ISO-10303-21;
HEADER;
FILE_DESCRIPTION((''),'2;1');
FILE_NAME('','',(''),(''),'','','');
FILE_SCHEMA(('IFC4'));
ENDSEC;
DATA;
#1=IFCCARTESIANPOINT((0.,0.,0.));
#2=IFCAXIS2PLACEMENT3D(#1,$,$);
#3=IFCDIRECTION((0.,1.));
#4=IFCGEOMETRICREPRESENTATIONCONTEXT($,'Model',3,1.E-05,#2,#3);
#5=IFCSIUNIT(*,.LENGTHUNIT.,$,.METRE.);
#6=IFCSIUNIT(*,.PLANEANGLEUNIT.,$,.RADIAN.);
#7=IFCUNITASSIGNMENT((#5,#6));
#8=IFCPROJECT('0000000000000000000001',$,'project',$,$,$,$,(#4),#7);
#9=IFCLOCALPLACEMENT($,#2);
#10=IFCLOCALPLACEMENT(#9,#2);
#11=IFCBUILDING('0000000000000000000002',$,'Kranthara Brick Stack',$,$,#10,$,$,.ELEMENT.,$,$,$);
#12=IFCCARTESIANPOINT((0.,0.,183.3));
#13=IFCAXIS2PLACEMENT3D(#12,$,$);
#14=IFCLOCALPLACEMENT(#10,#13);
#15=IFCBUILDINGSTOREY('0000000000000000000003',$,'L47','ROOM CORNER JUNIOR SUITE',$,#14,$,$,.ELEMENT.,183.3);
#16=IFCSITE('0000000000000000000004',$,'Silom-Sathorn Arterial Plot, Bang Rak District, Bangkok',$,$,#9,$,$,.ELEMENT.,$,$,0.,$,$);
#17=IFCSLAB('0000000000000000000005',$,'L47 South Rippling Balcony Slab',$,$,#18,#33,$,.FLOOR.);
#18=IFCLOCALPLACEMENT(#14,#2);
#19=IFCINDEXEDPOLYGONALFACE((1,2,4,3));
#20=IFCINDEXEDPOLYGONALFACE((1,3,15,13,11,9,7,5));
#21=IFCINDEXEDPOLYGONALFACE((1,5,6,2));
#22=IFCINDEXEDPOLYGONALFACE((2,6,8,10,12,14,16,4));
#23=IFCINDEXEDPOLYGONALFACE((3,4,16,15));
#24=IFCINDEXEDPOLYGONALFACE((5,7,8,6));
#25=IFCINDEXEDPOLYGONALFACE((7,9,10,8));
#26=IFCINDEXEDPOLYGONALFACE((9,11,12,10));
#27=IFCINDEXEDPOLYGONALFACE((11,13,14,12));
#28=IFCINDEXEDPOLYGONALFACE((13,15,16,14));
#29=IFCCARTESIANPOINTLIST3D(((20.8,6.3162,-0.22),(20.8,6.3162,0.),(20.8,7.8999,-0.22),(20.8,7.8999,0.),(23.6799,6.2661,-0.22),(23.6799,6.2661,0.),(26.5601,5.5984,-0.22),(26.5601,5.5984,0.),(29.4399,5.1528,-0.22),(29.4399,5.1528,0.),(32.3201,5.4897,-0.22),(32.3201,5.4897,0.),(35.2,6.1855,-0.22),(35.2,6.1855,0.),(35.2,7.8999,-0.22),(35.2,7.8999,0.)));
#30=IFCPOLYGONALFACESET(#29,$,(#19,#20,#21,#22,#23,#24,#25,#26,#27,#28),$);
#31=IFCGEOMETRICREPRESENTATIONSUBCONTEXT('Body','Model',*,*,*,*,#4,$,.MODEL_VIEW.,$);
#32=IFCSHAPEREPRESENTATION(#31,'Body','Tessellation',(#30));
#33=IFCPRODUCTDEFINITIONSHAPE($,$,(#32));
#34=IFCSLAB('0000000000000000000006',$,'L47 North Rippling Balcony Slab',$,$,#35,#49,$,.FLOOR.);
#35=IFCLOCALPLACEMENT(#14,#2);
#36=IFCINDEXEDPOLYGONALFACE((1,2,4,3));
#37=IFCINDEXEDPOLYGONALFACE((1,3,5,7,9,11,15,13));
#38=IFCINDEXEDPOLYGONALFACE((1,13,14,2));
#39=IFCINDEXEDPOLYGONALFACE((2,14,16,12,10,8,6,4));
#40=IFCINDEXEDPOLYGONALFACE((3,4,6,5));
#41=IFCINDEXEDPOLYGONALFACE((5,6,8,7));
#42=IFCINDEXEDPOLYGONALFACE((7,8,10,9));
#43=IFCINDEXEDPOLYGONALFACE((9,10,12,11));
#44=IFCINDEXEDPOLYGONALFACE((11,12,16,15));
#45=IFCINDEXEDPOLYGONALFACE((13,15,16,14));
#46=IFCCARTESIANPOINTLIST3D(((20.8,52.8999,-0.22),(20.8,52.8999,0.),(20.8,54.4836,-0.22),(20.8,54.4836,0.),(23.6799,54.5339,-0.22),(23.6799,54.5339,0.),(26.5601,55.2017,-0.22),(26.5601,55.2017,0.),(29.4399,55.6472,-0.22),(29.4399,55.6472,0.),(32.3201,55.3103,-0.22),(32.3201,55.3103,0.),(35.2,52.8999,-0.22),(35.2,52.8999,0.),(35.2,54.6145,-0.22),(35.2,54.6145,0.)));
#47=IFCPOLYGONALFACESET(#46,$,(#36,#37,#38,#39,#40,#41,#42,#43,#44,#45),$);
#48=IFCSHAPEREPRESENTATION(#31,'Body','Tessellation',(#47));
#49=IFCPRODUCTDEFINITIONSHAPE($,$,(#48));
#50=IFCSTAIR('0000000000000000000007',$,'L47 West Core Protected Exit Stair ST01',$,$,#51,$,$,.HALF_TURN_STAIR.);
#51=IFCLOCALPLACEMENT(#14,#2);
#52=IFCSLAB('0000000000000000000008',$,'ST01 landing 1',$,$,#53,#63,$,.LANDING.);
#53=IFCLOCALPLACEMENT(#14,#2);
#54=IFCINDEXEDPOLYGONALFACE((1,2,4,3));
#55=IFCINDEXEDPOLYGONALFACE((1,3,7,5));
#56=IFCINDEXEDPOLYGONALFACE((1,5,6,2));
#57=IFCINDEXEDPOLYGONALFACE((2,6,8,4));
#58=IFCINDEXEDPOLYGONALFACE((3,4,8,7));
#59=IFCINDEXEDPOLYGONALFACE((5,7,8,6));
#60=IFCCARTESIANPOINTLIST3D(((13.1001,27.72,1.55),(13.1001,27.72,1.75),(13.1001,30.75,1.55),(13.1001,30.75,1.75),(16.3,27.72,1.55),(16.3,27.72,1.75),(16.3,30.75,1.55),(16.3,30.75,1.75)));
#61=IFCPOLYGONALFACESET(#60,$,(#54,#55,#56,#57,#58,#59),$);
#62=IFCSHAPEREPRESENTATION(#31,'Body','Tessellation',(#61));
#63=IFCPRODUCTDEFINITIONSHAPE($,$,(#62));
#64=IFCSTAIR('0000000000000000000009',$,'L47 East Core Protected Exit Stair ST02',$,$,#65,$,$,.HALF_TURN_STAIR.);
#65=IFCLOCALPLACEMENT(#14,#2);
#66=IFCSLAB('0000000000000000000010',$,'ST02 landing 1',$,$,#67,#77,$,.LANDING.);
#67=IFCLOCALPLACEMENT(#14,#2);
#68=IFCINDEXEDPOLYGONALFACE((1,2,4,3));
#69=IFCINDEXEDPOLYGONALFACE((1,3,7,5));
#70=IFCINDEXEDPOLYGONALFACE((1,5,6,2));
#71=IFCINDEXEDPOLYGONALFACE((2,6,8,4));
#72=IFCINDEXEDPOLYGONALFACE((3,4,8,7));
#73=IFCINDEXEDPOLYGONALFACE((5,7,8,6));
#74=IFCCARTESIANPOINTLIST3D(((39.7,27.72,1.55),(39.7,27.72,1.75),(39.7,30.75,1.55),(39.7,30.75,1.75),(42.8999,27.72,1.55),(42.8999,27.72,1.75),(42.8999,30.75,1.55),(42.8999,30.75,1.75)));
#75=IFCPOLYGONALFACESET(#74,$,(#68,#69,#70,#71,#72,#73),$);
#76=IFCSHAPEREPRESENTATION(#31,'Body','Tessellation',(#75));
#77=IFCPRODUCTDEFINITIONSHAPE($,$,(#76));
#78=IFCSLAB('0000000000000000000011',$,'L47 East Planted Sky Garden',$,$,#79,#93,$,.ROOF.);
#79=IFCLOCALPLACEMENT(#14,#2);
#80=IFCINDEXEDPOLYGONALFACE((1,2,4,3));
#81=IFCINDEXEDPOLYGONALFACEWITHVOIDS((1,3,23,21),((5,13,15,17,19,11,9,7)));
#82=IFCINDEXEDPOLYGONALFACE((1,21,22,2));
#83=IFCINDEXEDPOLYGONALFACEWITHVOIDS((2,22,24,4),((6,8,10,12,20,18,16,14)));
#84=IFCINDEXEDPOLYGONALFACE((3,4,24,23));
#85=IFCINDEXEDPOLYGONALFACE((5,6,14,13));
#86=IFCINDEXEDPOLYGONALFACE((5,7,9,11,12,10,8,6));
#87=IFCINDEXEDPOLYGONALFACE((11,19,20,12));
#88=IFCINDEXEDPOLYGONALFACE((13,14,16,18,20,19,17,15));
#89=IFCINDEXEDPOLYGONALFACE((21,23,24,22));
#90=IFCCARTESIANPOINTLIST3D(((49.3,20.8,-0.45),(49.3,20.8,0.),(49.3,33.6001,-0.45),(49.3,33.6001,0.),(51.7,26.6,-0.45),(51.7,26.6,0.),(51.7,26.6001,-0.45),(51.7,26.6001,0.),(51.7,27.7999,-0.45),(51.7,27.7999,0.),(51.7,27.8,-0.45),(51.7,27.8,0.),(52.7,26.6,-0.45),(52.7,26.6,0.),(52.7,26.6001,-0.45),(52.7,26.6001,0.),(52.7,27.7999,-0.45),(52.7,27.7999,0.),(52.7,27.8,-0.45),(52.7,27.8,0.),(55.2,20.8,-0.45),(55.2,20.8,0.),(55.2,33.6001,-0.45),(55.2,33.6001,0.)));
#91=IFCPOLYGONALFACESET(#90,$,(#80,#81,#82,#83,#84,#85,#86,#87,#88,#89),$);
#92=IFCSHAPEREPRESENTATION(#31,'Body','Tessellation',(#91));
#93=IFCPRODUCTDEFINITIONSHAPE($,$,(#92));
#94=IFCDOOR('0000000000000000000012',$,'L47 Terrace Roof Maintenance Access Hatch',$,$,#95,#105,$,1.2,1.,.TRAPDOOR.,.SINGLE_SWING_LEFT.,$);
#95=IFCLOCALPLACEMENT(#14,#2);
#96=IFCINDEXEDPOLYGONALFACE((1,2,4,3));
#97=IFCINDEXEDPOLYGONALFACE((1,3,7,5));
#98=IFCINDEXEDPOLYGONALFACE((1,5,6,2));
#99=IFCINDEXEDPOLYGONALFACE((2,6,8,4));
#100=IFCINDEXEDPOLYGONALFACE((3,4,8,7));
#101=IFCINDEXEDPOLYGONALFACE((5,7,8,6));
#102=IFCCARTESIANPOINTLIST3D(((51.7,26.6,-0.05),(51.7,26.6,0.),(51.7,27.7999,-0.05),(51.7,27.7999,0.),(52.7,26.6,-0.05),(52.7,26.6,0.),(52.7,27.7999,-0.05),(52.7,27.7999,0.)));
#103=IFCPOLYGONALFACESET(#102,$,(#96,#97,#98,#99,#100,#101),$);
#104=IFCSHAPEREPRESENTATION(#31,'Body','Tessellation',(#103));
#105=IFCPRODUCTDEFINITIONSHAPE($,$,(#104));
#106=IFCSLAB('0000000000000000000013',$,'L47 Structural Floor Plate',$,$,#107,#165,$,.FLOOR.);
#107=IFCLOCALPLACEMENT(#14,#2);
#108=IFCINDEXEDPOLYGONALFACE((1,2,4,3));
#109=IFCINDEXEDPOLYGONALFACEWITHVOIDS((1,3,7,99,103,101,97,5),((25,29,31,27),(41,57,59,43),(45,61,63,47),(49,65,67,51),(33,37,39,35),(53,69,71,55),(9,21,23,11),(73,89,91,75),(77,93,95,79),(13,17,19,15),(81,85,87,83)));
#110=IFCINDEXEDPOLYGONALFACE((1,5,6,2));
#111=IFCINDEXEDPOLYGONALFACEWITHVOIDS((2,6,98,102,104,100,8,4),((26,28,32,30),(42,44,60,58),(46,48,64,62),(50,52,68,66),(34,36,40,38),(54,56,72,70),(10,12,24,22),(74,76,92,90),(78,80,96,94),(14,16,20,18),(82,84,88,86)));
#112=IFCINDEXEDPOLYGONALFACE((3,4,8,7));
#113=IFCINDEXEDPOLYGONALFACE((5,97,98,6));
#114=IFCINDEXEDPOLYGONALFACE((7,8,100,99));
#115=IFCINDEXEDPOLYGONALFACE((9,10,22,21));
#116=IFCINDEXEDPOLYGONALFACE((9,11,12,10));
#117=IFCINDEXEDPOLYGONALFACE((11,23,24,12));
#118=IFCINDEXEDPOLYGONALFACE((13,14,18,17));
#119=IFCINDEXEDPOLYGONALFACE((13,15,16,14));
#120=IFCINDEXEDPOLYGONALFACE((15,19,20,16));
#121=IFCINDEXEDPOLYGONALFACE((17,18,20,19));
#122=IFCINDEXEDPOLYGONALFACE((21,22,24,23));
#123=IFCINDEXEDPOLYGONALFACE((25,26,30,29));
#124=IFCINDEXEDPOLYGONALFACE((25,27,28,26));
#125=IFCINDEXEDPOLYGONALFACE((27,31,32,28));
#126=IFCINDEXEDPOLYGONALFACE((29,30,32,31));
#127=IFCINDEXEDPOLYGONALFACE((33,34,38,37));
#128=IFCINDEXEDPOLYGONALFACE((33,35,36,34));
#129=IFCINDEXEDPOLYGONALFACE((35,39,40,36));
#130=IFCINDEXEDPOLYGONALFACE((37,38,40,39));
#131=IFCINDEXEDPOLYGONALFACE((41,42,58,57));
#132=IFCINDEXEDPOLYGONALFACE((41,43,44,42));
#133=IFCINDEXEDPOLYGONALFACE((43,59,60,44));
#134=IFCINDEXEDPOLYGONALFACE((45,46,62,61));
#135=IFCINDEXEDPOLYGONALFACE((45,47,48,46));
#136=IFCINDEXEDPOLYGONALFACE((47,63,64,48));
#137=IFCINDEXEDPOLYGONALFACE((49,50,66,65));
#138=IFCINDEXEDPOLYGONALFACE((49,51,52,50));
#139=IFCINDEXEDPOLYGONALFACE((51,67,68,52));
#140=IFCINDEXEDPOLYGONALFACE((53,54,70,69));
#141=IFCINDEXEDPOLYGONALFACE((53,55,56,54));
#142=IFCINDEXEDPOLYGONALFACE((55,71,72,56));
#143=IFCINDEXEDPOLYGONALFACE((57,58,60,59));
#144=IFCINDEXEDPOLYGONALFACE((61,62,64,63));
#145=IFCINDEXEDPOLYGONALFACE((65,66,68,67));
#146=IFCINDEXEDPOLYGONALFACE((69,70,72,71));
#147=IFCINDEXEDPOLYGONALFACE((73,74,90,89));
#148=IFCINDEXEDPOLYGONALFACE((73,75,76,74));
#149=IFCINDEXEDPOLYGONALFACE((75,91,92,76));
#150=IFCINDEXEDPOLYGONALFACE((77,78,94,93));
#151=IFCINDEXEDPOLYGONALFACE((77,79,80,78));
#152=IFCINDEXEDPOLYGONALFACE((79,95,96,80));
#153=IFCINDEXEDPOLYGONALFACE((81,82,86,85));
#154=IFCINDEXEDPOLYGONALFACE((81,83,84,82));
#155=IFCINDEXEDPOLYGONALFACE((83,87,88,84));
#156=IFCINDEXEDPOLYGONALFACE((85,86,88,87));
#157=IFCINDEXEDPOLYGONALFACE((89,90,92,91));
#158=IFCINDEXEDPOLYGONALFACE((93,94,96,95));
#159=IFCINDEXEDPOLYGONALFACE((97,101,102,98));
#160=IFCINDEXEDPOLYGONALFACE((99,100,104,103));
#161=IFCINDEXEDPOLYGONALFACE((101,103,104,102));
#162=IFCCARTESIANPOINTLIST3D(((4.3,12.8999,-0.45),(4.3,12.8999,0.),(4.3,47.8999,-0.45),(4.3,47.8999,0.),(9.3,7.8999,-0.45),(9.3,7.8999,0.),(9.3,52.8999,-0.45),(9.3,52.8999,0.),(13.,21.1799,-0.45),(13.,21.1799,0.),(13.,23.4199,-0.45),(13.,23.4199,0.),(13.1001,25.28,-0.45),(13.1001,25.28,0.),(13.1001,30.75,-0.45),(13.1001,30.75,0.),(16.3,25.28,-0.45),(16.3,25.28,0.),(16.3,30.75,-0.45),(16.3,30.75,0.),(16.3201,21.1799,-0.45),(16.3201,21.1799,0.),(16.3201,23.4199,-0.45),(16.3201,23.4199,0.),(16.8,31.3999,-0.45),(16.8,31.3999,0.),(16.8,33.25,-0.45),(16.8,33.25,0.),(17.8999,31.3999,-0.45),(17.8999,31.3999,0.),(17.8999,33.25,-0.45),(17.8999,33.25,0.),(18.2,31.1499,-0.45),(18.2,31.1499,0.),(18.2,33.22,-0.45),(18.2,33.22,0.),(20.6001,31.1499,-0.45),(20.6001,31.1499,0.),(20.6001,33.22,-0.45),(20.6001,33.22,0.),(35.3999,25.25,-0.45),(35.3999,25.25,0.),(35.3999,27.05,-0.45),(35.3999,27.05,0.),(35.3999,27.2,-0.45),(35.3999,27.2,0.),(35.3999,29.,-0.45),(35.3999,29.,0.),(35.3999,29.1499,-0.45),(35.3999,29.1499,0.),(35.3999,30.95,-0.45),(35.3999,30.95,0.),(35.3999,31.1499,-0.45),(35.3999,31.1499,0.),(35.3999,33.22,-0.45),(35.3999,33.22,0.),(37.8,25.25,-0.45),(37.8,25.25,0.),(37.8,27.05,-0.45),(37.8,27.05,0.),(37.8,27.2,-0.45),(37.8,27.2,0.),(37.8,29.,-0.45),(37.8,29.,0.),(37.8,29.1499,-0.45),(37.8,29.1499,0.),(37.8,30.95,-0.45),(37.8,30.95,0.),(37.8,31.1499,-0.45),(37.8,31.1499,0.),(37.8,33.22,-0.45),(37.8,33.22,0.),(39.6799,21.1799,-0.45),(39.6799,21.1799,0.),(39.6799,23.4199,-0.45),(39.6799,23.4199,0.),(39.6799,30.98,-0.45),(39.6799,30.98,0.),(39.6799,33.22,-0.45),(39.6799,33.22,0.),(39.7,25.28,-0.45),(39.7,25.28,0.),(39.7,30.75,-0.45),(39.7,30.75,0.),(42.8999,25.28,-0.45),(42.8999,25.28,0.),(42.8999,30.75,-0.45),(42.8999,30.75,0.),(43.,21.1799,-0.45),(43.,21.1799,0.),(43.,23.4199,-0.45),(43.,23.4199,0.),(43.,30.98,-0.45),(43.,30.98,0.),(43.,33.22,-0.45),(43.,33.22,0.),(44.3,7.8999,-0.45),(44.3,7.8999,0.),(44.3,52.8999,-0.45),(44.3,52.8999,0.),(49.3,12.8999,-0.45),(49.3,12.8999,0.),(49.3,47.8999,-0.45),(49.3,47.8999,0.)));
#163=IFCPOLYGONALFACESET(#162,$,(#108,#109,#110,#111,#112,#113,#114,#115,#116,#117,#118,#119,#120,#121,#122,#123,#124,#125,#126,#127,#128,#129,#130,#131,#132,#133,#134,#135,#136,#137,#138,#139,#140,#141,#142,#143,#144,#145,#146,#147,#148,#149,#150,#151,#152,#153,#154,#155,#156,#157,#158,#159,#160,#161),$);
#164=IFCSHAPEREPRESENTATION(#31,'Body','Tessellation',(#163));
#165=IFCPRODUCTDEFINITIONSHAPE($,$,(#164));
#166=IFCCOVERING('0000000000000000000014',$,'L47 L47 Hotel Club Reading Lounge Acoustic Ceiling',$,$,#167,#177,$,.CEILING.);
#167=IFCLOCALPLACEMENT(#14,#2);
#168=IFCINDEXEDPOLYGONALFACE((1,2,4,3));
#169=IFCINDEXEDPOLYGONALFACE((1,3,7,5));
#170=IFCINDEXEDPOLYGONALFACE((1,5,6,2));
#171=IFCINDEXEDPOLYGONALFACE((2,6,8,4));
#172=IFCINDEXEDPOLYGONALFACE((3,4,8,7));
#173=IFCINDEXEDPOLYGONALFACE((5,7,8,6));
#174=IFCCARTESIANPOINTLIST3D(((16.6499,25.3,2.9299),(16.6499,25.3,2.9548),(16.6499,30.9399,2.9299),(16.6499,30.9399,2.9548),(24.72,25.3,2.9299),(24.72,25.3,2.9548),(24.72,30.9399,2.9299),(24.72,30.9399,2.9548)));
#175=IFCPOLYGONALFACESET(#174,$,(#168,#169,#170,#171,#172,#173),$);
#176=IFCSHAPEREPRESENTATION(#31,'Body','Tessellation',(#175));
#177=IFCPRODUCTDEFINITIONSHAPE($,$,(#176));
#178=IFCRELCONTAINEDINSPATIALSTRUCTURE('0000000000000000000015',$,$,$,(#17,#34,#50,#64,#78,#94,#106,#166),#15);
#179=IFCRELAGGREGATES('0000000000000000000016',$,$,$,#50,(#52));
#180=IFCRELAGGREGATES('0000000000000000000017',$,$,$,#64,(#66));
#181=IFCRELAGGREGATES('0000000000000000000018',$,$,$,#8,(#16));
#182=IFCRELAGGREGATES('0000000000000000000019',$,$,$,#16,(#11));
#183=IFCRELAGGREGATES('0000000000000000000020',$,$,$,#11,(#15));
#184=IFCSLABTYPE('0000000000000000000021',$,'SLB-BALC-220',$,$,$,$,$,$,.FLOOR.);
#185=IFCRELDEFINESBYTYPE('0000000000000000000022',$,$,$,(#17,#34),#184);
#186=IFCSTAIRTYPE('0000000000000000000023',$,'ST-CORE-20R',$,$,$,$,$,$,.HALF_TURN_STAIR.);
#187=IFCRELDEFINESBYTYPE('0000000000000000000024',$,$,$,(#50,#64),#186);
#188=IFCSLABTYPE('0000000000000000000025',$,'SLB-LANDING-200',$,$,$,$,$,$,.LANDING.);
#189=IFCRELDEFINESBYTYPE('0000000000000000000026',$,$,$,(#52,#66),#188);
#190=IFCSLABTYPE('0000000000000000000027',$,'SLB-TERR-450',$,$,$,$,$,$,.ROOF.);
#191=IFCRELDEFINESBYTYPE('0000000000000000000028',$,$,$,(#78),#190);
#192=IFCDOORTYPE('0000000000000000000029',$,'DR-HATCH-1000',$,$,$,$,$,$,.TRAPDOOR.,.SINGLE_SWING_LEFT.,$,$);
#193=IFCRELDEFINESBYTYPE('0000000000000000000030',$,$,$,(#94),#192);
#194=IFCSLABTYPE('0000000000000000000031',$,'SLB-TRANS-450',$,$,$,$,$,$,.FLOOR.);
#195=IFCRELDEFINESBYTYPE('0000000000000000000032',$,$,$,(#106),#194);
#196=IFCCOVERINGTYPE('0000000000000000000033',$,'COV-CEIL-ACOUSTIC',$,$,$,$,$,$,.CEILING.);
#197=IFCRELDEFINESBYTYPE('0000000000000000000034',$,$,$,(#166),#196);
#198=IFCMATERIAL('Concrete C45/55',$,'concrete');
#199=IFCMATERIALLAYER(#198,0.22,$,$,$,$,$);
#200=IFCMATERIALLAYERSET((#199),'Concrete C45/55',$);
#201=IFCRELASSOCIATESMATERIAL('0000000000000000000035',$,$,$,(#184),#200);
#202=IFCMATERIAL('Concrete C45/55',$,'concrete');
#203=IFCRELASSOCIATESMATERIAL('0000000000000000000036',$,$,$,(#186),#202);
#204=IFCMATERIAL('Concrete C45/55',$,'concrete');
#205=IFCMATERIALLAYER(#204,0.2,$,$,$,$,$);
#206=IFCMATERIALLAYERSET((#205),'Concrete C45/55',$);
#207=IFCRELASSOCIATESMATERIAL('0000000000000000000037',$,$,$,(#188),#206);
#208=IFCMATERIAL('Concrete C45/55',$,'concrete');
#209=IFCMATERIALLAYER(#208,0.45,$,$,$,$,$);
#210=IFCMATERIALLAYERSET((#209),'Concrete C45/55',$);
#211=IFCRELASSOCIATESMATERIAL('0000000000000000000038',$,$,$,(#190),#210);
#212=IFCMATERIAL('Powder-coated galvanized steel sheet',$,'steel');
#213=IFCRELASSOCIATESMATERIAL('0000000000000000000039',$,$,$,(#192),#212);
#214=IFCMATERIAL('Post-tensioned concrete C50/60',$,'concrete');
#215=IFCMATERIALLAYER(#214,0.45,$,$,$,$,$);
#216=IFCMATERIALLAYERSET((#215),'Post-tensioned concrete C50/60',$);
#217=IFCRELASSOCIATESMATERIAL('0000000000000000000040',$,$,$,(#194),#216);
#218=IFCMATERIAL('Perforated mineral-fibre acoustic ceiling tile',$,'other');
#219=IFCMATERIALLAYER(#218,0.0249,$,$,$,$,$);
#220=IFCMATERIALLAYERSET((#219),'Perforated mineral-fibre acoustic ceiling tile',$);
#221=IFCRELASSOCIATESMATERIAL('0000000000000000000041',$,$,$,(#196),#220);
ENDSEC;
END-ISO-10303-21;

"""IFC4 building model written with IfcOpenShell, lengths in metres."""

from ifc_helpers import new_model, si_unit, direction, frame, origin, origin_2d, place, context, subcontext, project, spatial, polyline, rectangle, outline, extrude, material, layer, layer_set, type_object, element, fill, aggregate, save


model = new_model("IFC4")

# Units and contexts
model_context = context("Model", 3, precision=1e-05, world=origin(), true_north=direction((0.0, 1.0)))
body_context = subcontext(model_context, "Body", "Model", "MODEL_VIEW")
ifc_project = project(units=[si_unit("LENGTHUNIT", "METRE"), si_unit("PLANEANGLEUNIT", "RADIAN")], contexts=[model_context])

# Site, building, storey
site_placement = place(None, origin())
site = spatial("IfcSite", under=ifc_project, at=site_placement, Name="Silom-Sathorn Arterial Plot, Bang Rak District, Bangkok", CompositionType="ELEMENT", RefElevation=0.0)
building_placement = place(site_placement, origin())
building = spatial("IfcBuilding", under=site, at=building_placement, Name="Kranthara Brick Stack", CompositionType="ELEMENT")
storey_placement = place(building_placement, frame((0.0, 0.0, 183.3)))
storey = spatial("IfcBuildingStorey", under=building, at=storey_placement, Name="L47", Description="ROOM CORNER JUNIOR SUITE", CompositionType="ELEMENT", Elevation=183.3)

# Slabs
ifc_material_1 = material(Name="Concrete C45/55", Category="concrete")
ifc_layer_1 = layer(ifc_material_1, 0.22)
ifc_layer_set_1 = layer_set([ifc_layer_1], Name="Concrete C45/55")
slab_type_1 = type_object("IfcSlabType", Name="SLB-BALC-220", PredefinedType="FLOOR", material=ifc_layer_set_1)
slab_1_placement = place(storey_placement, frame((0.0, 0.0, -0.22)))
element("IfcSlab", 1, at=slab_1_placement, inside=storey, type_object=slab_type_1, Name="L47 South Rippling Balcony Slab", PredefinedType="FLOOR", context=body_context, shape_type="SweptSolid", body=[
    extrude(outline(polyline([(20.8, 7.8999), (35.2, 7.8999), (35.2, 6.1855), (32.3201, 5.4897), (29.4399, 5.1528), (26.5601, 5.5984), (23.6799, 6.2661), (20.8, 6.3162), (20.8, 7.8999)])), origin(), (0.0, 0.0, 1.0), 0.22),
])
slab_2_placement = place(storey_placement, frame((0.0, 0.0, -0.22)))
element("IfcSlab", 2, at=slab_2_placement, inside=storey, type_object=slab_type_1, Name="L47 North Rippling Balcony Slab", PredefinedType="FLOOR", context=body_context, shape_type="SweptSolid", body=[
    extrude(outline(polyline([(35.2, 52.8999), (20.8, 52.8999), (20.8, 54.4836), (23.6799, 54.5339), (26.5601, 55.2017), (29.4399, 55.6472), (32.3201, 55.3103), (35.2, 54.6145), (35.2, 52.8999)])), origin(), (0.0, 0.0, 1.0), 0.22),
])

# Stairs, slabs
ifc_material_2 = material(Name="Concrete C45/55", Category="concrete")
stair_type = type_object("IfcStairType", Name="ST-CORE-20R", PredefinedType="HALF_TURN_STAIR", material=ifc_material_2)
stair_1_placement = place(storey_placement, origin())
stair_1 = element("IfcStair", 3, at=stair_1_placement, inside=storey, type_object=stair_type, Name="L47 West Core Protected Exit Stair ST01", PredefinedType="HALF_TURN_STAIR")
ifc_material_3 = material(Name="Concrete C45/55", Category="concrete")
ifc_layer_2 = layer(ifc_material_3, 0.2)
ifc_layer_set_2 = layer_set([ifc_layer_2], Name="Concrete C45/55")
slab_type_2 = type_object("IfcSlabType", Name="SLB-LANDING-200", PredefinedType="LANDING", material=ifc_layer_set_2)
slab_3_placement = place(storey_placement, frame((0.0, 0.0, 1.55)))
slab_3 = element("IfcSlab", 4, at=slab_3_placement, type_object=slab_type_2, Name="ST01 landing 1", PredefinedType="LANDING", context=body_context, shape_type="SweptSolid", body=[
    extrude(outline(polyline([(16.3, 27.72), (16.3, 30.75), (13.1001, 30.75), (13.1001, 27.72), (16.3, 27.72)])), origin(), (0.0, 0.0, 1.0), 0.2),
])
aggregate(stair_1, [slab_3])
stair_2_placement = place(storey_placement, origin())
stair_2 = element("IfcStair", 5, at=stair_2_placement, inside=storey, type_object=stair_type, Name="L47 East Core Protected Exit Stair ST02", PredefinedType="HALF_TURN_STAIR")
slab_4_placement = place(storey_placement, frame((0.0, 0.0, 1.55)))
slab_4 = element("IfcSlab", 6, at=slab_4_placement, type_object=slab_type_2, Name="ST02 landing 1", PredefinedType="LANDING", context=body_context, shape_type="SweptSolid", body=[
    extrude(outline(polyline([(42.8999, 27.72), (42.8999, 30.75), (39.7, 30.75), (39.7, 27.72), (42.8999, 27.72)])), origin(), (0.0, 0.0, 1.0), 0.2),
])
aggregate(stair_2, [slab_4])

# Slab, opening, door
ifc_material_4 = material(Name="Concrete C45/55", Category="concrete")
ifc_layer_3 = layer(ifc_material_4, 0.45)
ifc_layer_set_3 = layer_set([ifc_layer_3], Name="Concrete C45/55")
slab_type_3 = type_object("IfcSlabType", Name="SLB-TERR-450", PredefinedType="ROOF", material=ifc_layer_set_3)
slab_5_placement = place(storey_placement, frame((0.0, 0.0, -0.45)))
slab_5 = element("IfcSlab", 7, at=slab_5_placement, inside=storey, type_object=slab_type_3, Name="L47 East Planted Sky Garden", PredefinedType="ROOF", context=body_context, shape_type="SweptSolid", body=[
    extrude(outline(polyline([(49.3, 20.8), (55.2, 20.8), (55.2, 33.6001), (49.3, 33.6001), (49.3, 20.8)]), holes=[polyline([(51.7, 26.6001), (52.7, 26.6001), (52.7, 27.8), (51.7, 27.8), (51.7, 26.6001)])]), origin(), (0.0, 0.0, 1.0), 0.45),
])
opening_placement = place(slab_5_placement, frame((52.2, 27.2, 0.0)))
opening = element("IfcOpeningElement", 8, at=opening_placement, cuts=slab_5, PredefinedType="OPENING", context=body_context, shape_type="SweptSolid", body=[
    extrude(rectangle(XDim=1.0, YDim=1.2, at=origin_2d()), origin(), (0.0, 0.0, 1.0), 0.45),
])
ifc_material_5 = material(Name="Powder-coated galvanized steel sheet", Category="steel")
door_type = type_object("IfcDoorType", Name="DR-HATCH-1000", OperationType="SINGLE_SWING_LEFT", PredefinedType="TRAPDOOR", material=ifc_material_5)
door_placement = place(opening_placement, frame((0.0, 0.0, 0.3999)))
door = element("IfcDoor", 9, at=door_placement, inside=storey, type_object=door_type, Name="L47 Terrace Roof Maintenance Access Hatch", OperationType="SINGLE_SWING_LEFT", OverallHeight=1.2, OverallWidth=1.0, PredefinedType="TRAPDOOR", context=body_context, shape_type="SweptSolid", body=[
    extrude(rectangle(XDim=1.0, YDim=1.2, at=origin_2d()), origin(), (0.0, 0.0, 1.0), 0.05),
])
fill(opening, door)

# Slab
ifc_material_6 = material(Name="Post-tensioned concrete C50/60", Category="concrete")
ifc_layer_4 = layer(ifc_material_6, 0.45)
ifc_layer_set_4 = layer_set([ifc_layer_4], Name="Post-tensioned concrete C50/60")
slab_type_4 = type_object("IfcSlabType", Name="SLB-TRANS-450", PredefinedType="FLOOR", material=ifc_layer_set_4)
slab_6_placement = place(storey_placement, frame((0.0, 0.0, -0.45)))
element("IfcSlab", 10, at=slab_6_placement, inside=storey, type_object=slab_type_4, Name="L47 Structural Floor Plate", PredefinedType="FLOOR", context=body_context, shape_type="SweptSolid", body=[
    extrude(outline(polyline([(9.3, 7.8999), (44.3, 7.8999), (49.3, 12.8999), (49.3, 47.8999), (44.3, 52.8999), (9.3, 52.8999), (4.3, 47.8999), (4.3, 12.8999), (9.3, 7.8999)]), holes=[polyline([(13.1001, 25.28), (16.3, 25.28), (16.3, 30.75), (13.1001, 30.75), (13.1001, 25.28)]), polyline([(39.7, 25.28), (42.8999, 25.28), (42.8999, 30.75), (39.7, 30.75), (39.7, 25.28)]), polyline([(13.0, 21.1799), (16.3201, 21.1799), (16.3201, 23.4199), (13.0, 23.4199), (13.0, 21.1799)]), polyline([(39.6799, 21.1799), (43.0, 21.1799), (43.0, 23.4199), (39.6799, 23.4199), (39.6799, 21.1799)]), polyline([(39.6799, 30.98), (43.0, 30.98), (43.0, 33.22), (39.6799, 33.22), (39.6799, 30.98)]), polyline([(35.3999, 25.25), (37.8, 25.25), (37.8, 27.05), (35.3999, 27.05), (35.3999, 25.25)]), polyline([(35.3999, 27.2), (37.8, 27.2), (37.8, 29.0), (35.3999, 29.0), (35.3999, 27.2)]), polyline([(35.3999, 29.1499), (37.8, 29.1499), (37.8, 30.95), (35.3999, 30.95), (35.3999, 29.1499)]), polyline([(18.2, 31.1499), (20.6001, 31.1499), (20.6001, 33.22), (18.2, 33.22), (18.2, 31.1499)]), polyline([(35.3999, 31.1499), (37.8, 31.1499), (37.8, 33.22), (35.3999, 33.22), (35.3999, 31.1499)]), polyline([(16.8, 31.3999), (17.8999, 31.3999), (17.8999, 33.25), (16.8, 33.25), (16.8, 31.3999)])]), origin(), (0.0, 0.0, 1.0), 0.45),
])

# Covering
ifc_material_7 = material(Name="Perforated mineral-fibre acoustic ceiling tile", Category="other")
ifc_layer_5 = layer(ifc_material_7, 0.0249)
ifc_layer_set_5 = layer_set([ifc_layer_5], Name="Perforated mineral-fibre acoustic ceiling tile")
covering_type_1 = type_object("IfcCoveringType", Name="COV-CEIL-ACOUSTIC", PredefinedType="CEILING", material=ifc_layer_set_5)
covering_1_placement = place(storey_placement, frame((0.0, 0.0, 2.9299)))
element("IfcCovering", 11, at=covering_1_placement, inside=storey, type_object=covering_type_1, Name="L47 L47 Hotel Club Reading Lounge Acoustic Ceiling", PredefinedType="CEILING", context=body_context, shape_type="SweptSolid", body=[
    extrude(outline(polyline([(24.72, 25.3), (24.72, 30.9399), (16.6499, 30.9399), (16.6499, 25.3), (24.72, 25.3)])), origin(), (0.0, 0.0, 1.0), 0.0249),
])

save(model, "model.ifc")
